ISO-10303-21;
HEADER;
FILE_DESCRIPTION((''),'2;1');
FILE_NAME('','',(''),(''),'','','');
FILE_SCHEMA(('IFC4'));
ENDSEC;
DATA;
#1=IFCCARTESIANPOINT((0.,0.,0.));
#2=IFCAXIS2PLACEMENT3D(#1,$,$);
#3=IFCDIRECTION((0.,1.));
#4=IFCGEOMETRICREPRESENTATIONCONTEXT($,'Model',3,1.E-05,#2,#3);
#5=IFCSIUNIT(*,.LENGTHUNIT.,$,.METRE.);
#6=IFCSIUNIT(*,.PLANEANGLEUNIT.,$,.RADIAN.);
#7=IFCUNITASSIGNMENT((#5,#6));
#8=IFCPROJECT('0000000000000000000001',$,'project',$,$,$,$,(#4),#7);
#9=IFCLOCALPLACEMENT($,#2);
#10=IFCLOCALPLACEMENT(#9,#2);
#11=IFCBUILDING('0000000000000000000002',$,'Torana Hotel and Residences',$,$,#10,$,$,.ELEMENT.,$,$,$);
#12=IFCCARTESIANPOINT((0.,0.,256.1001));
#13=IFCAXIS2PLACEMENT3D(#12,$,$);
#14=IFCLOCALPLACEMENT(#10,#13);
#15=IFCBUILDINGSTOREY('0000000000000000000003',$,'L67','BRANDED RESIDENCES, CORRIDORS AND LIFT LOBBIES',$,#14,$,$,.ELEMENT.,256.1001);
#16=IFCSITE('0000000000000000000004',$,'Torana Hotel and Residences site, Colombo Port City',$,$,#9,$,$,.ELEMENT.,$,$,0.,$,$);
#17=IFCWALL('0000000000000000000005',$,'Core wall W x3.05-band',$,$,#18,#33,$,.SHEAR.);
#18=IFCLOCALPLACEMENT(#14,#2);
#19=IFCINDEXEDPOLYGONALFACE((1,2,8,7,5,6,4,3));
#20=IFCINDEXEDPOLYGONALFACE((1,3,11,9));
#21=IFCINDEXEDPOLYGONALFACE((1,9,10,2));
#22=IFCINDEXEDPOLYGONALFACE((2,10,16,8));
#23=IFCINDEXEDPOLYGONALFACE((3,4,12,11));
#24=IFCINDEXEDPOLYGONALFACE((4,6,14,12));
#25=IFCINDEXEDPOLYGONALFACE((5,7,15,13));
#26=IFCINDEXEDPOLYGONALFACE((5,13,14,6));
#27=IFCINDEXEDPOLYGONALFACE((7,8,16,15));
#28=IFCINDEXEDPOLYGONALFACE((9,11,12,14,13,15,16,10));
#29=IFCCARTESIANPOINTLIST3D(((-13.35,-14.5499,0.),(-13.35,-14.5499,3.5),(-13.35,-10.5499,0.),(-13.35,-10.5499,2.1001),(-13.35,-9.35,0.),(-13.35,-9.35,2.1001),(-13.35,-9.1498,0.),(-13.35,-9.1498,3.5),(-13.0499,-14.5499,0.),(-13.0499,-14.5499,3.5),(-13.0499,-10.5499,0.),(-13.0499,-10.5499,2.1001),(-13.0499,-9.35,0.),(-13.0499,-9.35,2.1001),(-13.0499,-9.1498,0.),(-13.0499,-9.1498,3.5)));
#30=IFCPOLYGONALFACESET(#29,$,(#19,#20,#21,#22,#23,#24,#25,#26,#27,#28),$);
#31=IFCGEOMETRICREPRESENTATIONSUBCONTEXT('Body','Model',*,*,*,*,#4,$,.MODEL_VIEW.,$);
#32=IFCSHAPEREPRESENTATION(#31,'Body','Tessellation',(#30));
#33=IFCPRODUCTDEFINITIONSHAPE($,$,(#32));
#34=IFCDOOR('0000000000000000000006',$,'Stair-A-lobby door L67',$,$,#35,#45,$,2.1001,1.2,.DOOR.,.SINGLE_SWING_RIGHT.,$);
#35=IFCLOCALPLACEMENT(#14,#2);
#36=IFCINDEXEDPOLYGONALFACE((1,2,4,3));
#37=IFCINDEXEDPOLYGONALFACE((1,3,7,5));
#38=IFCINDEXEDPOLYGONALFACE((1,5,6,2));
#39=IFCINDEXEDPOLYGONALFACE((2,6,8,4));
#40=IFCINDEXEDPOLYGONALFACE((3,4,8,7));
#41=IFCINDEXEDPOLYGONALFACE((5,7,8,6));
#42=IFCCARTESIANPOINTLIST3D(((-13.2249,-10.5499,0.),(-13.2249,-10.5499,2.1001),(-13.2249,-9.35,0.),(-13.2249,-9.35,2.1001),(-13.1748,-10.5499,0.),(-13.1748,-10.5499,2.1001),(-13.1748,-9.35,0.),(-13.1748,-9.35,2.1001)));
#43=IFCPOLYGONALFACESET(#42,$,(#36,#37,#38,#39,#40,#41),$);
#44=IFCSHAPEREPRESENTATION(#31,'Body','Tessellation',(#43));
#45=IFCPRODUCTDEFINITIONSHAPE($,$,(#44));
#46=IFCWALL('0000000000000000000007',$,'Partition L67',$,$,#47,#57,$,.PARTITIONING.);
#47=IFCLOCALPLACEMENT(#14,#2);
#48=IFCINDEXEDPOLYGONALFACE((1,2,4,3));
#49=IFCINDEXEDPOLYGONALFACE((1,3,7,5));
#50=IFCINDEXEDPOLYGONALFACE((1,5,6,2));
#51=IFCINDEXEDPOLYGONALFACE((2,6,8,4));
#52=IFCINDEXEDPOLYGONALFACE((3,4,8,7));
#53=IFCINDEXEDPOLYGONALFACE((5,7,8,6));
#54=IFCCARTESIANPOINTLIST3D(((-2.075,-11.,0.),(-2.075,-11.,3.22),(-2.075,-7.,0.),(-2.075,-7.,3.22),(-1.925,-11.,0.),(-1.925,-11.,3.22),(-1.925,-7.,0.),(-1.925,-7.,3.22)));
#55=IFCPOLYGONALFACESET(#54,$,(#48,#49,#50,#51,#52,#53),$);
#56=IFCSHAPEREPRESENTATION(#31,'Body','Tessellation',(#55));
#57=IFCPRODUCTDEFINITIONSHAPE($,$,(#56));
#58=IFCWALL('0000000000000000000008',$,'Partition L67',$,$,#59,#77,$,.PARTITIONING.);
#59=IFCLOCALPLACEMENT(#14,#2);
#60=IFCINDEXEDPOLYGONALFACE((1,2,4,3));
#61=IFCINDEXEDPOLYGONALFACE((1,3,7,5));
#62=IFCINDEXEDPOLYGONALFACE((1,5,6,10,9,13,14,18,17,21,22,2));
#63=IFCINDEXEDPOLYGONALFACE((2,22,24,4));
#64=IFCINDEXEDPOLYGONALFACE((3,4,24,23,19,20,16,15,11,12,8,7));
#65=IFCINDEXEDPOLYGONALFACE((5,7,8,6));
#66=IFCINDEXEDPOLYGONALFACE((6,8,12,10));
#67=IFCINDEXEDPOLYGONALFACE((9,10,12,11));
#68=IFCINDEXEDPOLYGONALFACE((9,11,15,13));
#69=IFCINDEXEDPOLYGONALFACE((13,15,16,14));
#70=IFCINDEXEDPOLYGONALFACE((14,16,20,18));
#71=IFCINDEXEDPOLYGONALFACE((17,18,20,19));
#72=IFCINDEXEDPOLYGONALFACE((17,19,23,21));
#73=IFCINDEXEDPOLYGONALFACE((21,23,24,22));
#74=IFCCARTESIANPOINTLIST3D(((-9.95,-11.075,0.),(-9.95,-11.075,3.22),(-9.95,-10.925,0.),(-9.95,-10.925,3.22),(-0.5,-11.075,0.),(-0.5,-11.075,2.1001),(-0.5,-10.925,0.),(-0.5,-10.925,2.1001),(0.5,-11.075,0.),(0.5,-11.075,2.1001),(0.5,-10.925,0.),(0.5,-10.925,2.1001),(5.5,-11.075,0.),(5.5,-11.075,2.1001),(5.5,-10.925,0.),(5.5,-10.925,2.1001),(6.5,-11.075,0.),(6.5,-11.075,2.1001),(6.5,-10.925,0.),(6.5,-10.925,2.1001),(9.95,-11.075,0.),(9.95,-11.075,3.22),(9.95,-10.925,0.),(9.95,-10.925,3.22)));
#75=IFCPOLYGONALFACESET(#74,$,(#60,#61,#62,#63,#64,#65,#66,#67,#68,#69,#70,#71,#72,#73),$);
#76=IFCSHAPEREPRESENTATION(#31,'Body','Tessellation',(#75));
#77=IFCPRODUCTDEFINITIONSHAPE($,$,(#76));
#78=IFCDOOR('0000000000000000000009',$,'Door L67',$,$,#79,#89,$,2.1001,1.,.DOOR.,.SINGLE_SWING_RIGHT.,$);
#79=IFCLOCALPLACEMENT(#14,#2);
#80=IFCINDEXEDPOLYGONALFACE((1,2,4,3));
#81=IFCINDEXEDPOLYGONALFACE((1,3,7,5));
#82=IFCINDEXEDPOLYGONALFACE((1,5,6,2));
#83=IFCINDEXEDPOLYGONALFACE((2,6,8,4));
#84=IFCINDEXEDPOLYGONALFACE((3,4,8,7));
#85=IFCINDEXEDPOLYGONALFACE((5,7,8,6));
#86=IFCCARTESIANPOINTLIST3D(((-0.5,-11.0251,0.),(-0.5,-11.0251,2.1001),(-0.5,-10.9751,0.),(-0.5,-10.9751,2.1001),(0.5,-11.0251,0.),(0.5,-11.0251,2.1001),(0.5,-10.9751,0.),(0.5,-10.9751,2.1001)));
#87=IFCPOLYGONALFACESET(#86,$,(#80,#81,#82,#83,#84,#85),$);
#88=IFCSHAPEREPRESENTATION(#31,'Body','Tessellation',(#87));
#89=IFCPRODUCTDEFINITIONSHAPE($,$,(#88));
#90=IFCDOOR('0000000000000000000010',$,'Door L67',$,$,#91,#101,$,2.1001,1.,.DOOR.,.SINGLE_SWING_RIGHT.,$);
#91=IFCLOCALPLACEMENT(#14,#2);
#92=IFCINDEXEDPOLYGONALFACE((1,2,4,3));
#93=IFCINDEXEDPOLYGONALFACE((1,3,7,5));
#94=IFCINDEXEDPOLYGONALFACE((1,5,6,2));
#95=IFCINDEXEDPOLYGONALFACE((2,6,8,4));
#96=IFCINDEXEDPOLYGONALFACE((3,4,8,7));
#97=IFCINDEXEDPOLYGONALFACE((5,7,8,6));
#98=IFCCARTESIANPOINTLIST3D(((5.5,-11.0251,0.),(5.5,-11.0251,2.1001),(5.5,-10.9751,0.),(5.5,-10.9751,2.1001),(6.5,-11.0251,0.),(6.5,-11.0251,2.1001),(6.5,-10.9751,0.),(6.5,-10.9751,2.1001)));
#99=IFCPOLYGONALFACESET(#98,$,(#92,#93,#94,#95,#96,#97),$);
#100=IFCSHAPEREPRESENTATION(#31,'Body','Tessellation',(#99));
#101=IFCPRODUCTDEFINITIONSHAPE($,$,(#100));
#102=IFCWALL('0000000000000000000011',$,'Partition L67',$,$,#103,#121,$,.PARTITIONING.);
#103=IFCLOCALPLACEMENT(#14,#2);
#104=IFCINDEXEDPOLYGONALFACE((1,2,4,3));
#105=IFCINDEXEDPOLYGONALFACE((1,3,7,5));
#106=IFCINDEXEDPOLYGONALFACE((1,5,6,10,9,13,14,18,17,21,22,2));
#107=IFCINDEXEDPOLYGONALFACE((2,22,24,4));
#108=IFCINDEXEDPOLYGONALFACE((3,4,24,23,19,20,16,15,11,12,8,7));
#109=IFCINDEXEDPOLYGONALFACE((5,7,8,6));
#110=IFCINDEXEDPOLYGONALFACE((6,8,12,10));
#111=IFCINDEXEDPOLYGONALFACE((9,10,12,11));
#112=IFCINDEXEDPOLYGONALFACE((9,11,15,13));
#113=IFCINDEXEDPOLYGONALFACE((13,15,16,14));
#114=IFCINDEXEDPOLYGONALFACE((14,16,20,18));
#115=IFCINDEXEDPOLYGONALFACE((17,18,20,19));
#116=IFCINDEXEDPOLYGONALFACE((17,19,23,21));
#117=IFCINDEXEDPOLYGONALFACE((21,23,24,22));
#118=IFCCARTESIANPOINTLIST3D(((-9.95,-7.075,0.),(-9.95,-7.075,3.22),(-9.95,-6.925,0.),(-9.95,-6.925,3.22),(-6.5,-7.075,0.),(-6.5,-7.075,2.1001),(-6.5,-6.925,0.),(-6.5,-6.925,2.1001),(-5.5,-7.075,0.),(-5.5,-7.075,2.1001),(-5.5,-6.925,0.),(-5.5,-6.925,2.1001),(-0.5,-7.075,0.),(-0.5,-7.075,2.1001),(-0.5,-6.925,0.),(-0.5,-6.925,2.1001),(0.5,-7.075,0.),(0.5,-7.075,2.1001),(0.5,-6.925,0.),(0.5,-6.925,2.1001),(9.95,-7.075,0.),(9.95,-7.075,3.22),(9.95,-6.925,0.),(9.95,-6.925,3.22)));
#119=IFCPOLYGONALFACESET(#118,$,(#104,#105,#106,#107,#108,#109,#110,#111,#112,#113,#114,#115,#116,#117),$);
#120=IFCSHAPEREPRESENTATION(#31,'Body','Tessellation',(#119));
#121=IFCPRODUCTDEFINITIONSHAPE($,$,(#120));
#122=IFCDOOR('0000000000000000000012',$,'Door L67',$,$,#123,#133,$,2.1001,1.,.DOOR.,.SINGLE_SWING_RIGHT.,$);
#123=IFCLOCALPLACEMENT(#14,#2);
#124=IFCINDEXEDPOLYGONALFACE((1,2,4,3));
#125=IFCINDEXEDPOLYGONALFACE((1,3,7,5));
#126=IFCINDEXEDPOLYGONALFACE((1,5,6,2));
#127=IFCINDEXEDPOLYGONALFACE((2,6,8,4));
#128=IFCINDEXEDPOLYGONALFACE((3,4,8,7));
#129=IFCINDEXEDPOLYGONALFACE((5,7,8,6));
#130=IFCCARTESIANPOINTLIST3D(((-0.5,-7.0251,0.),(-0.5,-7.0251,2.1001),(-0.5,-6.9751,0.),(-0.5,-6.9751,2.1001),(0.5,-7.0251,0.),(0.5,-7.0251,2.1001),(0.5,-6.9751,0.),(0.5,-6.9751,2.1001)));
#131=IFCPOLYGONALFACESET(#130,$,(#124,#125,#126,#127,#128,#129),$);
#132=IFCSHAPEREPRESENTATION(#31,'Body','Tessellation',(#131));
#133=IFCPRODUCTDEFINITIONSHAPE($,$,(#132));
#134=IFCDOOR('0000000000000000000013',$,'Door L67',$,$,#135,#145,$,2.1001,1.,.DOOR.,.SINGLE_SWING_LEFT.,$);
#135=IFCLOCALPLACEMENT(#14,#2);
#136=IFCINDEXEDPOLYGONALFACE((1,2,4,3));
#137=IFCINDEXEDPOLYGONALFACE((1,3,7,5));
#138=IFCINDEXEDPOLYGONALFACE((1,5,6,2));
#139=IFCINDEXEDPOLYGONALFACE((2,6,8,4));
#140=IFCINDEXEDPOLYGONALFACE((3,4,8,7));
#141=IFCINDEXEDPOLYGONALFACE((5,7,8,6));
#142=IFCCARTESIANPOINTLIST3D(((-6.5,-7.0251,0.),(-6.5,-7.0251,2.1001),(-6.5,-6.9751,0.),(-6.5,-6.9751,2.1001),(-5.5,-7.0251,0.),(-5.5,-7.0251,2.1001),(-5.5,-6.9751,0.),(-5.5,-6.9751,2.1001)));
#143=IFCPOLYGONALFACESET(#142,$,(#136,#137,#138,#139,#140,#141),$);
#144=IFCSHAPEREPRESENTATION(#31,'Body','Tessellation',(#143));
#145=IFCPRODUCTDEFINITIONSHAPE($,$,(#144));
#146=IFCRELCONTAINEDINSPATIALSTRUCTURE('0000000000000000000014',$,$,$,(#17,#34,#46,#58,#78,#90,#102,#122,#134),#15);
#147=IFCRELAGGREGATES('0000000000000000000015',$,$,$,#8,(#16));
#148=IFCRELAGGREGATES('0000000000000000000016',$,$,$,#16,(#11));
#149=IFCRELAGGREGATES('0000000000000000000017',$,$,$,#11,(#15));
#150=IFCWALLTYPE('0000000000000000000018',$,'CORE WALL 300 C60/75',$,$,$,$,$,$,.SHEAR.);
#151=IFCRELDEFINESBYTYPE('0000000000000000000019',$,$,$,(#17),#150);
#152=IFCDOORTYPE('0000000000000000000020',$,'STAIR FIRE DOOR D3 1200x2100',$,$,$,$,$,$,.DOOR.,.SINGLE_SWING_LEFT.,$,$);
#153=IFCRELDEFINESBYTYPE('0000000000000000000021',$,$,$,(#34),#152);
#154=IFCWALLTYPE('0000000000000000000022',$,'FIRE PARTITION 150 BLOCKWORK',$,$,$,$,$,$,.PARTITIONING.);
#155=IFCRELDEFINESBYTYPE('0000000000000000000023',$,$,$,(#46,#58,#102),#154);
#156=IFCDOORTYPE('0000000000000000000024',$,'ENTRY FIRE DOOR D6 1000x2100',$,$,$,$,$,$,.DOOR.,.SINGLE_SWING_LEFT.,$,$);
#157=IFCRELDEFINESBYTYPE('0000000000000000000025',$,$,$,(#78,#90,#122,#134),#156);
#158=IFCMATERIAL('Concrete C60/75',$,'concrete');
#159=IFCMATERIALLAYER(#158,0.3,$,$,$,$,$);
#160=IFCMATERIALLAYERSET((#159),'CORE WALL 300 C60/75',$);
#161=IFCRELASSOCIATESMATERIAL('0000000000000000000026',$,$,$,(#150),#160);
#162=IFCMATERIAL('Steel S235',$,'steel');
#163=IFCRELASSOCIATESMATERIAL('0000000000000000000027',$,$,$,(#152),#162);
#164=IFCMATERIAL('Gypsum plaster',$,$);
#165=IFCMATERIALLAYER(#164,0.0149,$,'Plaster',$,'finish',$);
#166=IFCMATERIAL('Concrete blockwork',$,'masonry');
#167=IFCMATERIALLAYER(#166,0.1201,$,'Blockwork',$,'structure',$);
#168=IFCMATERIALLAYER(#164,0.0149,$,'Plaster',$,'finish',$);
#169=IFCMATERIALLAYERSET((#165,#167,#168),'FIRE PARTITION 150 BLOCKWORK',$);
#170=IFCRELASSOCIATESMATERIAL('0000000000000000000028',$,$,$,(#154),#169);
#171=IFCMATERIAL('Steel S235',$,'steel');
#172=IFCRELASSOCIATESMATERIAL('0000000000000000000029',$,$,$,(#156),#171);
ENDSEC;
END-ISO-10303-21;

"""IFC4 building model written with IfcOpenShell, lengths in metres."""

from ifc_helpers import new_model, si_unit, direction, frame, frame_2d, origin, place, context, subcontext, project, spatial, rectangle, extrude, material, layer, layer_set, type_object, element, fill, save


model = new_model("IFC4")

# Units and contexts
model_context = context("Model", 3, precision=1e-05, world=origin(), true_north=direction((0.0, 1.0)))
body_context = subcontext(model_context, "Body", "Model", "MODEL_VIEW")
ifc_project = project(units=[si_unit("LENGTHUNIT", "METRE"), si_unit("PLANEANGLEUNIT", "RADIAN")], contexts=[model_context])

# Site, building, storey
site_placement = place(None, origin())
site = spatial("IfcSite", under=ifc_project, at=site_placement, Name="Torana Hotel and Residences site, Colombo Port City", CompositionType="ELEMENT", RefElevation=0.0)
building_placement = place(site_placement, origin())
building = spatial("IfcBuilding", under=site, at=building_placement, Name="Torana Hotel and Residences", CompositionType="ELEMENT")
storey_placement = place(building_placement, frame((0.0, 0.0, 256.1001)))
storey = spatial("IfcBuildingStorey", under=building, at=storey_placement, Name="L67", Description="BRANDED RESIDENCES, CORRIDORS AND LIFT LOBBIES", CompositionType="ELEMENT", Elevation=256.1001)

# Shared definitions
ifc_material_1 = material(Name="Concrete C60/75", Category="concrete")
ifc_layer_1 = layer(ifc_material_1, 0.3)
ifc_layer_set_1 = layer_set([ifc_layer_1], Name="CORE WALL 300 C60/75")
wall_type_1 = type_object("IfcWallType", Name="CORE WALL 300 C60/75", PredefinedType="SHEAR", material=ifc_layer_set_1)

# Wall, opening, door
wall_1_placement = place(storey_placement, frame((-13.2, -14.55, 0.0), z_axis=(0.0, 0.0, 1.0), x_axis=(0.0, 1.0, 0.0)))
wall_1 = element("IfcWall", 1, at=wall_1_placement, inside=storey, type_object=wall_type_1, Name="Core wall W x3.05-band", PredefinedType="SHEAR", context=body_context, shape_type="SweptSolid", body=[
    extrude(rectangle(XDim=5.4001, YDim=0.3, at=frame_2d((2.7002, 0.0))), origin(), (0.0, 0.0, 1.0), 3.5),
])
opening_1_placement = place(wall_1_placement, frame((4.0, 0.0, 0.0)))
opening_1 = element("IfcOpeningElement", 2, at=opening_1_placement, cuts=wall_1, PredefinedType="OPENING", context=body_context, shape_type="SweptSolid", body=[
    extrude(rectangle(XDim=1.2, YDim=2.1001, at=frame_2d((0.6001, 1.05))), frame((0.0, 0.1599, 0.0), z_axis=(0.0, -1.0, 0.0), x_axis=(1.0, 0.0, 0.0)), (0.0, 0.0, 1.0), 0.3201),
])
ifc_material_2 = material(Name="Steel S235", Category="steel")
door_type_1 = type_object("IfcDoorType", Name="STAIR FIRE DOOR D3 1200x2100", OperationType="SINGLE_SWING_LEFT", PredefinedType="DOOR", material=ifc_material_2)
door_1_placement = place(opening_1_placement, frame((0.6001, 0.0, 0.0), z_axis=(0.0, 0.0, 1.0), x_axis=(-1.0, 0.0, 0.0)))
door_1 = element("IfcDoor", 3, at=door_1_placement, inside=storey, type_object=door_type_1, Name="Stair-A-lobby door L67", OperationType="SINGLE_SWING_RIGHT", OverallHeight=2.1001, OverallWidth=1.2, PredefinedType="DOOR", context=body_context, shape_type="SweptSolid", body=[
    extrude(rectangle(XDim=1.2, YDim=2.1001, at=frame_2d((0.0, 1.05))), frame((0.0, -0.0249, 0.0), z_axis=(0.0, 1.0, 0.0), x_axis=(-1.0, 0.0, 0.0)), (0.0, 0.0, 1.0), 0.05),
])
fill(opening_1, door_1)

# Wall
ifc_material_3 = material(Name="Gypsum plaster")
ifc_layer_2 = layer(ifc_material_3, 0.0149, Name="Plaster", Category="finish")
ifc_material_4 = material(Name="Concrete blockwork", Category="masonry")
ifc_layer_3 = layer(ifc_material_4, 0.1201, Name="Blockwork", Category="structure")
ifc_layer_4 = layer(ifc_material_3, 0.0149, Name="Plaster", Category="finish")
ifc_layer_set_2 = layer_set([ifc_layer_2, ifc_layer_3, ifc_layer_4], Name="FIRE PARTITION 150 BLOCKWORK")
wall_type_2 = type_object("IfcWallType", Name="FIRE PARTITION 150 BLOCKWORK", PredefinedType="PARTITIONING", material=ifc_layer_set_2)
wall_2_placement = place(storey_placement, frame((-2.0, -11.0, 0.0), z_axis=(0.0, 0.0, 1.0), x_axis=(0.0, 1.0, 0.0)))
element("IfcWall", 4, at=wall_2_placement, inside=storey, type_object=wall_type_2, Name="Partition L67", PredefinedType="PARTITIONING", context=body_context, shape_type="SweptSolid", body=[
    extrude(rectangle(XDim=4.0, YDim=0.1499, at=frame_2d((2.0, 0.0))), origin(), (0.0, 0.0, 1.0), 3.22),
])

# Walls, openings, doors
wall_3_placement = place(storey_placement, frame((-9.95, -11.0, 0.0), z_axis=(0.0, 0.0, 1.0), x_axis=(1.0, 0.0, 0.0)))
wall_3 = element("IfcWall", 5, at=wall_3_placement, inside=storey, type_object=wall_type_2, Name="Partition L67", PredefinedType="PARTITIONING", context=body_context, shape_type="SweptSolid", body=[
    extrude(rectangle(XDim=19.8999, YDim=0.1499, at=frame_2d((9.95, 0.0))), origin(), (0.0, 0.0, 1.0), 3.22),
])
opening_2_placement = place(wall_3_placement, frame((9.45, 0.0, 0.0)))
opening_2 = element("IfcOpeningElement", 6, at=opening_2_placement, cuts=wall_3, PredefinedType="OPENING", context=body_context, shape_type="SweptSolid", body=[
    extrude(rectangle(XDim=1.0, YDim=2.1001, at=frame_2d((0.5, 1.05))), frame((0.0, 0.085, 0.0), z_axis=(0.0, -1.0, 0.0), x_axis=(1.0, 0.0, 0.0)), (0.0, 0.0, 1.0), 0.1699),
])
opening_3_placement = place(wall_3_placement, frame((15.45, 0.0, 0.0)))
opening_3 = element("IfcOpeningElement", 7, at=opening_3_placement, cuts=wall_3, PredefinedType="OPENING", context=body_context, shape_type="SweptSolid", body=[
    extrude(rectangle(XDim=1.0, YDim=2.1001, at=frame_2d((0.5, 1.05))), frame((0.0, 0.085, 0.0), z_axis=(0.0, -1.0, 0.0), x_axis=(1.0, 0.0, 0.0)), (0.0, 0.0, 1.0), 0.1699),
])
ifc_material_5 = material(Name="Steel S235", Category="steel")
door_type_2 = type_object("IfcDoorType", Name="ENTRY FIRE DOOR D6 1000x2100", OperationType="SINGLE_SWING_LEFT", PredefinedType="DOOR", material=ifc_material_5)
door_2_placement = place(opening_2_placement, origin())
door_2 = element("IfcDoor", 8, at=door_2_placement, inside=storey, type_object=door_type_2, Name="Door L67", OperationType="SINGLE_SWING_RIGHT", OverallHeight=2.1001, OverallWidth=1.0, PredefinedType="DOOR", context=body_context, shape_type="SweptSolid", body=[
    extrude(rectangle(XDim=1.0, YDim=2.1001, at=frame_2d((0.5, 1.05))), frame((0.0, 0.0249, 0.0), z_axis=(0.0, -1.0, 0.0), x_axis=(1.0, 0.0, 0.0)), (0.0, 0.0, 1.0), 0.05),
])
fill(opening_2, door_2)
door_3_placement = place(opening_3_placement, origin())
door_3 = element("IfcDoor", 9, at=door_3_placement, inside=storey, type_object=door_type_2, Name="Door L67", OperationType="SINGLE_SWING_RIGHT", OverallHeight=2.1001, OverallWidth=1.0, PredefinedType="DOOR", context=body_context, shape_type="SweptSolid", body=[
    extrude(rectangle(XDim=1.0, YDim=2.1001, at=frame_2d((0.5, 1.05))), frame((0.0, 0.0249, 0.0), z_axis=(0.0, -1.0, 0.0), x_axis=(1.0, 0.0, 0.0)), (0.0, 0.0, 1.0), 0.05),
])
fill(opening_3, door_3)
wall_4_placement = place(storey_placement, frame((-9.95, -7.0, 0.0), z_axis=(0.0, 0.0, 1.0), x_axis=(1.0, 0.0, 0.0)))
wall_4 = element("IfcWall", 10, at=wall_4_placement, inside=storey, type_object=wall_type_2, Name="Partition L67", PredefinedType="PARTITIONING", context=body_context, shape_type="SweptSolid", body=[
    extrude(rectangle(XDim=19.8999, YDim=0.1499, at=frame_2d((9.95, 0.0))), origin(), (0.0, 0.0, 1.0), 3.22),
])
opening_4_placement = place(wall_4_placement, frame((9.45, 0.0, 0.0)))
opening_4 = element("IfcOpeningElement", 11, at=opening_4_placement, cuts=wall_4, PredefinedType="OPENING", context=body_context, shape_type="SweptSolid", body=[
    extrude(rectangle(XDim=1.0, YDim=2.1001, at=frame_2d((0.5, 1.05))), frame((0.0, 0.085, 0.0), z_axis=(0.0, -1.0, 0.0), x_axis=(1.0, 0.0, 0.0)), (0.0, 0.0, 1.0), 0.1699),
])
opening_5_placement = place(wall_4_placement, frame((3.45, 0.0, 0.0)))
opening_5 = element("IfcOpeningElement", 12, at=opening_5_placement, cuts=wall_4, PredefinedType="OPENING", context=body_context, shape_type="SweptSolid", body=[
    extrude(rectangle(XDim=1.0, YDim=2.1001, at=frame_2d((0.5, 1.05))), frame((0.0, 0.085, 0.0), z_axis=(0.0, -1.0, 0.0), x_axis=(1.0, 0.0, 0.0)), (0.0, 0.0, 1.0), 0.1699),
])
door_4_placement = place(opening_4_placement, origin())
door_4 = element("IfcDoor", 13, at=door_4_placement, inside=storey, type_object=door_type_2, Name="Door L67", OperationType="SINGLE_SWING_RIGHT", OverallHeight=2.1001, OverallWidth=1.0, PredefinedType="DOOR", context=body_context, shape_type="SweptSolid", body=[
    extrude(rectangle(XDim=1.0, YDim=2.1001, at=frame_2d((0.5, 1.05))), frame((0.0, 0.0249, 0.0), z_axis=(0.0, -1.0, 0.0), x_axis=(1.0, 0.0, 0.0)), (0.0, 0.0, 1.0), 0.05),
])
fill(opening_4, door_4)
door_5_placement = place(opening_5_placement, frame((0.5, 0.0, 0.0), z_axis=(0.0, 0.0, 1.0), x_axis=(-1.0, 0.0, 0.0)))
door_5 = element("IfcDoor", 14, at=door_5_placement, inside=storey, type_object=door_type_2, Name="Door L67", OperationType="SINGLE_SWING_LEFT", OverallHeight=2.1001, OverallWidth=1.0, PredefinedType="DOOR", context=body_context, shape_type="SweptSolid", body=[
    extrude(rectangle(XDim=1.0, YDim=2.1001, at=frame_2d((0.0, 1.05))), frame((0.0, -0.0249, 0.0), z_axis=(0.0, 1.0, 0.0), x_axis=(-1.0, 0.0, 0.0)), (0.0, 0.0, 1.0), 0.05),
])
fill(opening_5, door_5)

save(model, "model.ifc")
